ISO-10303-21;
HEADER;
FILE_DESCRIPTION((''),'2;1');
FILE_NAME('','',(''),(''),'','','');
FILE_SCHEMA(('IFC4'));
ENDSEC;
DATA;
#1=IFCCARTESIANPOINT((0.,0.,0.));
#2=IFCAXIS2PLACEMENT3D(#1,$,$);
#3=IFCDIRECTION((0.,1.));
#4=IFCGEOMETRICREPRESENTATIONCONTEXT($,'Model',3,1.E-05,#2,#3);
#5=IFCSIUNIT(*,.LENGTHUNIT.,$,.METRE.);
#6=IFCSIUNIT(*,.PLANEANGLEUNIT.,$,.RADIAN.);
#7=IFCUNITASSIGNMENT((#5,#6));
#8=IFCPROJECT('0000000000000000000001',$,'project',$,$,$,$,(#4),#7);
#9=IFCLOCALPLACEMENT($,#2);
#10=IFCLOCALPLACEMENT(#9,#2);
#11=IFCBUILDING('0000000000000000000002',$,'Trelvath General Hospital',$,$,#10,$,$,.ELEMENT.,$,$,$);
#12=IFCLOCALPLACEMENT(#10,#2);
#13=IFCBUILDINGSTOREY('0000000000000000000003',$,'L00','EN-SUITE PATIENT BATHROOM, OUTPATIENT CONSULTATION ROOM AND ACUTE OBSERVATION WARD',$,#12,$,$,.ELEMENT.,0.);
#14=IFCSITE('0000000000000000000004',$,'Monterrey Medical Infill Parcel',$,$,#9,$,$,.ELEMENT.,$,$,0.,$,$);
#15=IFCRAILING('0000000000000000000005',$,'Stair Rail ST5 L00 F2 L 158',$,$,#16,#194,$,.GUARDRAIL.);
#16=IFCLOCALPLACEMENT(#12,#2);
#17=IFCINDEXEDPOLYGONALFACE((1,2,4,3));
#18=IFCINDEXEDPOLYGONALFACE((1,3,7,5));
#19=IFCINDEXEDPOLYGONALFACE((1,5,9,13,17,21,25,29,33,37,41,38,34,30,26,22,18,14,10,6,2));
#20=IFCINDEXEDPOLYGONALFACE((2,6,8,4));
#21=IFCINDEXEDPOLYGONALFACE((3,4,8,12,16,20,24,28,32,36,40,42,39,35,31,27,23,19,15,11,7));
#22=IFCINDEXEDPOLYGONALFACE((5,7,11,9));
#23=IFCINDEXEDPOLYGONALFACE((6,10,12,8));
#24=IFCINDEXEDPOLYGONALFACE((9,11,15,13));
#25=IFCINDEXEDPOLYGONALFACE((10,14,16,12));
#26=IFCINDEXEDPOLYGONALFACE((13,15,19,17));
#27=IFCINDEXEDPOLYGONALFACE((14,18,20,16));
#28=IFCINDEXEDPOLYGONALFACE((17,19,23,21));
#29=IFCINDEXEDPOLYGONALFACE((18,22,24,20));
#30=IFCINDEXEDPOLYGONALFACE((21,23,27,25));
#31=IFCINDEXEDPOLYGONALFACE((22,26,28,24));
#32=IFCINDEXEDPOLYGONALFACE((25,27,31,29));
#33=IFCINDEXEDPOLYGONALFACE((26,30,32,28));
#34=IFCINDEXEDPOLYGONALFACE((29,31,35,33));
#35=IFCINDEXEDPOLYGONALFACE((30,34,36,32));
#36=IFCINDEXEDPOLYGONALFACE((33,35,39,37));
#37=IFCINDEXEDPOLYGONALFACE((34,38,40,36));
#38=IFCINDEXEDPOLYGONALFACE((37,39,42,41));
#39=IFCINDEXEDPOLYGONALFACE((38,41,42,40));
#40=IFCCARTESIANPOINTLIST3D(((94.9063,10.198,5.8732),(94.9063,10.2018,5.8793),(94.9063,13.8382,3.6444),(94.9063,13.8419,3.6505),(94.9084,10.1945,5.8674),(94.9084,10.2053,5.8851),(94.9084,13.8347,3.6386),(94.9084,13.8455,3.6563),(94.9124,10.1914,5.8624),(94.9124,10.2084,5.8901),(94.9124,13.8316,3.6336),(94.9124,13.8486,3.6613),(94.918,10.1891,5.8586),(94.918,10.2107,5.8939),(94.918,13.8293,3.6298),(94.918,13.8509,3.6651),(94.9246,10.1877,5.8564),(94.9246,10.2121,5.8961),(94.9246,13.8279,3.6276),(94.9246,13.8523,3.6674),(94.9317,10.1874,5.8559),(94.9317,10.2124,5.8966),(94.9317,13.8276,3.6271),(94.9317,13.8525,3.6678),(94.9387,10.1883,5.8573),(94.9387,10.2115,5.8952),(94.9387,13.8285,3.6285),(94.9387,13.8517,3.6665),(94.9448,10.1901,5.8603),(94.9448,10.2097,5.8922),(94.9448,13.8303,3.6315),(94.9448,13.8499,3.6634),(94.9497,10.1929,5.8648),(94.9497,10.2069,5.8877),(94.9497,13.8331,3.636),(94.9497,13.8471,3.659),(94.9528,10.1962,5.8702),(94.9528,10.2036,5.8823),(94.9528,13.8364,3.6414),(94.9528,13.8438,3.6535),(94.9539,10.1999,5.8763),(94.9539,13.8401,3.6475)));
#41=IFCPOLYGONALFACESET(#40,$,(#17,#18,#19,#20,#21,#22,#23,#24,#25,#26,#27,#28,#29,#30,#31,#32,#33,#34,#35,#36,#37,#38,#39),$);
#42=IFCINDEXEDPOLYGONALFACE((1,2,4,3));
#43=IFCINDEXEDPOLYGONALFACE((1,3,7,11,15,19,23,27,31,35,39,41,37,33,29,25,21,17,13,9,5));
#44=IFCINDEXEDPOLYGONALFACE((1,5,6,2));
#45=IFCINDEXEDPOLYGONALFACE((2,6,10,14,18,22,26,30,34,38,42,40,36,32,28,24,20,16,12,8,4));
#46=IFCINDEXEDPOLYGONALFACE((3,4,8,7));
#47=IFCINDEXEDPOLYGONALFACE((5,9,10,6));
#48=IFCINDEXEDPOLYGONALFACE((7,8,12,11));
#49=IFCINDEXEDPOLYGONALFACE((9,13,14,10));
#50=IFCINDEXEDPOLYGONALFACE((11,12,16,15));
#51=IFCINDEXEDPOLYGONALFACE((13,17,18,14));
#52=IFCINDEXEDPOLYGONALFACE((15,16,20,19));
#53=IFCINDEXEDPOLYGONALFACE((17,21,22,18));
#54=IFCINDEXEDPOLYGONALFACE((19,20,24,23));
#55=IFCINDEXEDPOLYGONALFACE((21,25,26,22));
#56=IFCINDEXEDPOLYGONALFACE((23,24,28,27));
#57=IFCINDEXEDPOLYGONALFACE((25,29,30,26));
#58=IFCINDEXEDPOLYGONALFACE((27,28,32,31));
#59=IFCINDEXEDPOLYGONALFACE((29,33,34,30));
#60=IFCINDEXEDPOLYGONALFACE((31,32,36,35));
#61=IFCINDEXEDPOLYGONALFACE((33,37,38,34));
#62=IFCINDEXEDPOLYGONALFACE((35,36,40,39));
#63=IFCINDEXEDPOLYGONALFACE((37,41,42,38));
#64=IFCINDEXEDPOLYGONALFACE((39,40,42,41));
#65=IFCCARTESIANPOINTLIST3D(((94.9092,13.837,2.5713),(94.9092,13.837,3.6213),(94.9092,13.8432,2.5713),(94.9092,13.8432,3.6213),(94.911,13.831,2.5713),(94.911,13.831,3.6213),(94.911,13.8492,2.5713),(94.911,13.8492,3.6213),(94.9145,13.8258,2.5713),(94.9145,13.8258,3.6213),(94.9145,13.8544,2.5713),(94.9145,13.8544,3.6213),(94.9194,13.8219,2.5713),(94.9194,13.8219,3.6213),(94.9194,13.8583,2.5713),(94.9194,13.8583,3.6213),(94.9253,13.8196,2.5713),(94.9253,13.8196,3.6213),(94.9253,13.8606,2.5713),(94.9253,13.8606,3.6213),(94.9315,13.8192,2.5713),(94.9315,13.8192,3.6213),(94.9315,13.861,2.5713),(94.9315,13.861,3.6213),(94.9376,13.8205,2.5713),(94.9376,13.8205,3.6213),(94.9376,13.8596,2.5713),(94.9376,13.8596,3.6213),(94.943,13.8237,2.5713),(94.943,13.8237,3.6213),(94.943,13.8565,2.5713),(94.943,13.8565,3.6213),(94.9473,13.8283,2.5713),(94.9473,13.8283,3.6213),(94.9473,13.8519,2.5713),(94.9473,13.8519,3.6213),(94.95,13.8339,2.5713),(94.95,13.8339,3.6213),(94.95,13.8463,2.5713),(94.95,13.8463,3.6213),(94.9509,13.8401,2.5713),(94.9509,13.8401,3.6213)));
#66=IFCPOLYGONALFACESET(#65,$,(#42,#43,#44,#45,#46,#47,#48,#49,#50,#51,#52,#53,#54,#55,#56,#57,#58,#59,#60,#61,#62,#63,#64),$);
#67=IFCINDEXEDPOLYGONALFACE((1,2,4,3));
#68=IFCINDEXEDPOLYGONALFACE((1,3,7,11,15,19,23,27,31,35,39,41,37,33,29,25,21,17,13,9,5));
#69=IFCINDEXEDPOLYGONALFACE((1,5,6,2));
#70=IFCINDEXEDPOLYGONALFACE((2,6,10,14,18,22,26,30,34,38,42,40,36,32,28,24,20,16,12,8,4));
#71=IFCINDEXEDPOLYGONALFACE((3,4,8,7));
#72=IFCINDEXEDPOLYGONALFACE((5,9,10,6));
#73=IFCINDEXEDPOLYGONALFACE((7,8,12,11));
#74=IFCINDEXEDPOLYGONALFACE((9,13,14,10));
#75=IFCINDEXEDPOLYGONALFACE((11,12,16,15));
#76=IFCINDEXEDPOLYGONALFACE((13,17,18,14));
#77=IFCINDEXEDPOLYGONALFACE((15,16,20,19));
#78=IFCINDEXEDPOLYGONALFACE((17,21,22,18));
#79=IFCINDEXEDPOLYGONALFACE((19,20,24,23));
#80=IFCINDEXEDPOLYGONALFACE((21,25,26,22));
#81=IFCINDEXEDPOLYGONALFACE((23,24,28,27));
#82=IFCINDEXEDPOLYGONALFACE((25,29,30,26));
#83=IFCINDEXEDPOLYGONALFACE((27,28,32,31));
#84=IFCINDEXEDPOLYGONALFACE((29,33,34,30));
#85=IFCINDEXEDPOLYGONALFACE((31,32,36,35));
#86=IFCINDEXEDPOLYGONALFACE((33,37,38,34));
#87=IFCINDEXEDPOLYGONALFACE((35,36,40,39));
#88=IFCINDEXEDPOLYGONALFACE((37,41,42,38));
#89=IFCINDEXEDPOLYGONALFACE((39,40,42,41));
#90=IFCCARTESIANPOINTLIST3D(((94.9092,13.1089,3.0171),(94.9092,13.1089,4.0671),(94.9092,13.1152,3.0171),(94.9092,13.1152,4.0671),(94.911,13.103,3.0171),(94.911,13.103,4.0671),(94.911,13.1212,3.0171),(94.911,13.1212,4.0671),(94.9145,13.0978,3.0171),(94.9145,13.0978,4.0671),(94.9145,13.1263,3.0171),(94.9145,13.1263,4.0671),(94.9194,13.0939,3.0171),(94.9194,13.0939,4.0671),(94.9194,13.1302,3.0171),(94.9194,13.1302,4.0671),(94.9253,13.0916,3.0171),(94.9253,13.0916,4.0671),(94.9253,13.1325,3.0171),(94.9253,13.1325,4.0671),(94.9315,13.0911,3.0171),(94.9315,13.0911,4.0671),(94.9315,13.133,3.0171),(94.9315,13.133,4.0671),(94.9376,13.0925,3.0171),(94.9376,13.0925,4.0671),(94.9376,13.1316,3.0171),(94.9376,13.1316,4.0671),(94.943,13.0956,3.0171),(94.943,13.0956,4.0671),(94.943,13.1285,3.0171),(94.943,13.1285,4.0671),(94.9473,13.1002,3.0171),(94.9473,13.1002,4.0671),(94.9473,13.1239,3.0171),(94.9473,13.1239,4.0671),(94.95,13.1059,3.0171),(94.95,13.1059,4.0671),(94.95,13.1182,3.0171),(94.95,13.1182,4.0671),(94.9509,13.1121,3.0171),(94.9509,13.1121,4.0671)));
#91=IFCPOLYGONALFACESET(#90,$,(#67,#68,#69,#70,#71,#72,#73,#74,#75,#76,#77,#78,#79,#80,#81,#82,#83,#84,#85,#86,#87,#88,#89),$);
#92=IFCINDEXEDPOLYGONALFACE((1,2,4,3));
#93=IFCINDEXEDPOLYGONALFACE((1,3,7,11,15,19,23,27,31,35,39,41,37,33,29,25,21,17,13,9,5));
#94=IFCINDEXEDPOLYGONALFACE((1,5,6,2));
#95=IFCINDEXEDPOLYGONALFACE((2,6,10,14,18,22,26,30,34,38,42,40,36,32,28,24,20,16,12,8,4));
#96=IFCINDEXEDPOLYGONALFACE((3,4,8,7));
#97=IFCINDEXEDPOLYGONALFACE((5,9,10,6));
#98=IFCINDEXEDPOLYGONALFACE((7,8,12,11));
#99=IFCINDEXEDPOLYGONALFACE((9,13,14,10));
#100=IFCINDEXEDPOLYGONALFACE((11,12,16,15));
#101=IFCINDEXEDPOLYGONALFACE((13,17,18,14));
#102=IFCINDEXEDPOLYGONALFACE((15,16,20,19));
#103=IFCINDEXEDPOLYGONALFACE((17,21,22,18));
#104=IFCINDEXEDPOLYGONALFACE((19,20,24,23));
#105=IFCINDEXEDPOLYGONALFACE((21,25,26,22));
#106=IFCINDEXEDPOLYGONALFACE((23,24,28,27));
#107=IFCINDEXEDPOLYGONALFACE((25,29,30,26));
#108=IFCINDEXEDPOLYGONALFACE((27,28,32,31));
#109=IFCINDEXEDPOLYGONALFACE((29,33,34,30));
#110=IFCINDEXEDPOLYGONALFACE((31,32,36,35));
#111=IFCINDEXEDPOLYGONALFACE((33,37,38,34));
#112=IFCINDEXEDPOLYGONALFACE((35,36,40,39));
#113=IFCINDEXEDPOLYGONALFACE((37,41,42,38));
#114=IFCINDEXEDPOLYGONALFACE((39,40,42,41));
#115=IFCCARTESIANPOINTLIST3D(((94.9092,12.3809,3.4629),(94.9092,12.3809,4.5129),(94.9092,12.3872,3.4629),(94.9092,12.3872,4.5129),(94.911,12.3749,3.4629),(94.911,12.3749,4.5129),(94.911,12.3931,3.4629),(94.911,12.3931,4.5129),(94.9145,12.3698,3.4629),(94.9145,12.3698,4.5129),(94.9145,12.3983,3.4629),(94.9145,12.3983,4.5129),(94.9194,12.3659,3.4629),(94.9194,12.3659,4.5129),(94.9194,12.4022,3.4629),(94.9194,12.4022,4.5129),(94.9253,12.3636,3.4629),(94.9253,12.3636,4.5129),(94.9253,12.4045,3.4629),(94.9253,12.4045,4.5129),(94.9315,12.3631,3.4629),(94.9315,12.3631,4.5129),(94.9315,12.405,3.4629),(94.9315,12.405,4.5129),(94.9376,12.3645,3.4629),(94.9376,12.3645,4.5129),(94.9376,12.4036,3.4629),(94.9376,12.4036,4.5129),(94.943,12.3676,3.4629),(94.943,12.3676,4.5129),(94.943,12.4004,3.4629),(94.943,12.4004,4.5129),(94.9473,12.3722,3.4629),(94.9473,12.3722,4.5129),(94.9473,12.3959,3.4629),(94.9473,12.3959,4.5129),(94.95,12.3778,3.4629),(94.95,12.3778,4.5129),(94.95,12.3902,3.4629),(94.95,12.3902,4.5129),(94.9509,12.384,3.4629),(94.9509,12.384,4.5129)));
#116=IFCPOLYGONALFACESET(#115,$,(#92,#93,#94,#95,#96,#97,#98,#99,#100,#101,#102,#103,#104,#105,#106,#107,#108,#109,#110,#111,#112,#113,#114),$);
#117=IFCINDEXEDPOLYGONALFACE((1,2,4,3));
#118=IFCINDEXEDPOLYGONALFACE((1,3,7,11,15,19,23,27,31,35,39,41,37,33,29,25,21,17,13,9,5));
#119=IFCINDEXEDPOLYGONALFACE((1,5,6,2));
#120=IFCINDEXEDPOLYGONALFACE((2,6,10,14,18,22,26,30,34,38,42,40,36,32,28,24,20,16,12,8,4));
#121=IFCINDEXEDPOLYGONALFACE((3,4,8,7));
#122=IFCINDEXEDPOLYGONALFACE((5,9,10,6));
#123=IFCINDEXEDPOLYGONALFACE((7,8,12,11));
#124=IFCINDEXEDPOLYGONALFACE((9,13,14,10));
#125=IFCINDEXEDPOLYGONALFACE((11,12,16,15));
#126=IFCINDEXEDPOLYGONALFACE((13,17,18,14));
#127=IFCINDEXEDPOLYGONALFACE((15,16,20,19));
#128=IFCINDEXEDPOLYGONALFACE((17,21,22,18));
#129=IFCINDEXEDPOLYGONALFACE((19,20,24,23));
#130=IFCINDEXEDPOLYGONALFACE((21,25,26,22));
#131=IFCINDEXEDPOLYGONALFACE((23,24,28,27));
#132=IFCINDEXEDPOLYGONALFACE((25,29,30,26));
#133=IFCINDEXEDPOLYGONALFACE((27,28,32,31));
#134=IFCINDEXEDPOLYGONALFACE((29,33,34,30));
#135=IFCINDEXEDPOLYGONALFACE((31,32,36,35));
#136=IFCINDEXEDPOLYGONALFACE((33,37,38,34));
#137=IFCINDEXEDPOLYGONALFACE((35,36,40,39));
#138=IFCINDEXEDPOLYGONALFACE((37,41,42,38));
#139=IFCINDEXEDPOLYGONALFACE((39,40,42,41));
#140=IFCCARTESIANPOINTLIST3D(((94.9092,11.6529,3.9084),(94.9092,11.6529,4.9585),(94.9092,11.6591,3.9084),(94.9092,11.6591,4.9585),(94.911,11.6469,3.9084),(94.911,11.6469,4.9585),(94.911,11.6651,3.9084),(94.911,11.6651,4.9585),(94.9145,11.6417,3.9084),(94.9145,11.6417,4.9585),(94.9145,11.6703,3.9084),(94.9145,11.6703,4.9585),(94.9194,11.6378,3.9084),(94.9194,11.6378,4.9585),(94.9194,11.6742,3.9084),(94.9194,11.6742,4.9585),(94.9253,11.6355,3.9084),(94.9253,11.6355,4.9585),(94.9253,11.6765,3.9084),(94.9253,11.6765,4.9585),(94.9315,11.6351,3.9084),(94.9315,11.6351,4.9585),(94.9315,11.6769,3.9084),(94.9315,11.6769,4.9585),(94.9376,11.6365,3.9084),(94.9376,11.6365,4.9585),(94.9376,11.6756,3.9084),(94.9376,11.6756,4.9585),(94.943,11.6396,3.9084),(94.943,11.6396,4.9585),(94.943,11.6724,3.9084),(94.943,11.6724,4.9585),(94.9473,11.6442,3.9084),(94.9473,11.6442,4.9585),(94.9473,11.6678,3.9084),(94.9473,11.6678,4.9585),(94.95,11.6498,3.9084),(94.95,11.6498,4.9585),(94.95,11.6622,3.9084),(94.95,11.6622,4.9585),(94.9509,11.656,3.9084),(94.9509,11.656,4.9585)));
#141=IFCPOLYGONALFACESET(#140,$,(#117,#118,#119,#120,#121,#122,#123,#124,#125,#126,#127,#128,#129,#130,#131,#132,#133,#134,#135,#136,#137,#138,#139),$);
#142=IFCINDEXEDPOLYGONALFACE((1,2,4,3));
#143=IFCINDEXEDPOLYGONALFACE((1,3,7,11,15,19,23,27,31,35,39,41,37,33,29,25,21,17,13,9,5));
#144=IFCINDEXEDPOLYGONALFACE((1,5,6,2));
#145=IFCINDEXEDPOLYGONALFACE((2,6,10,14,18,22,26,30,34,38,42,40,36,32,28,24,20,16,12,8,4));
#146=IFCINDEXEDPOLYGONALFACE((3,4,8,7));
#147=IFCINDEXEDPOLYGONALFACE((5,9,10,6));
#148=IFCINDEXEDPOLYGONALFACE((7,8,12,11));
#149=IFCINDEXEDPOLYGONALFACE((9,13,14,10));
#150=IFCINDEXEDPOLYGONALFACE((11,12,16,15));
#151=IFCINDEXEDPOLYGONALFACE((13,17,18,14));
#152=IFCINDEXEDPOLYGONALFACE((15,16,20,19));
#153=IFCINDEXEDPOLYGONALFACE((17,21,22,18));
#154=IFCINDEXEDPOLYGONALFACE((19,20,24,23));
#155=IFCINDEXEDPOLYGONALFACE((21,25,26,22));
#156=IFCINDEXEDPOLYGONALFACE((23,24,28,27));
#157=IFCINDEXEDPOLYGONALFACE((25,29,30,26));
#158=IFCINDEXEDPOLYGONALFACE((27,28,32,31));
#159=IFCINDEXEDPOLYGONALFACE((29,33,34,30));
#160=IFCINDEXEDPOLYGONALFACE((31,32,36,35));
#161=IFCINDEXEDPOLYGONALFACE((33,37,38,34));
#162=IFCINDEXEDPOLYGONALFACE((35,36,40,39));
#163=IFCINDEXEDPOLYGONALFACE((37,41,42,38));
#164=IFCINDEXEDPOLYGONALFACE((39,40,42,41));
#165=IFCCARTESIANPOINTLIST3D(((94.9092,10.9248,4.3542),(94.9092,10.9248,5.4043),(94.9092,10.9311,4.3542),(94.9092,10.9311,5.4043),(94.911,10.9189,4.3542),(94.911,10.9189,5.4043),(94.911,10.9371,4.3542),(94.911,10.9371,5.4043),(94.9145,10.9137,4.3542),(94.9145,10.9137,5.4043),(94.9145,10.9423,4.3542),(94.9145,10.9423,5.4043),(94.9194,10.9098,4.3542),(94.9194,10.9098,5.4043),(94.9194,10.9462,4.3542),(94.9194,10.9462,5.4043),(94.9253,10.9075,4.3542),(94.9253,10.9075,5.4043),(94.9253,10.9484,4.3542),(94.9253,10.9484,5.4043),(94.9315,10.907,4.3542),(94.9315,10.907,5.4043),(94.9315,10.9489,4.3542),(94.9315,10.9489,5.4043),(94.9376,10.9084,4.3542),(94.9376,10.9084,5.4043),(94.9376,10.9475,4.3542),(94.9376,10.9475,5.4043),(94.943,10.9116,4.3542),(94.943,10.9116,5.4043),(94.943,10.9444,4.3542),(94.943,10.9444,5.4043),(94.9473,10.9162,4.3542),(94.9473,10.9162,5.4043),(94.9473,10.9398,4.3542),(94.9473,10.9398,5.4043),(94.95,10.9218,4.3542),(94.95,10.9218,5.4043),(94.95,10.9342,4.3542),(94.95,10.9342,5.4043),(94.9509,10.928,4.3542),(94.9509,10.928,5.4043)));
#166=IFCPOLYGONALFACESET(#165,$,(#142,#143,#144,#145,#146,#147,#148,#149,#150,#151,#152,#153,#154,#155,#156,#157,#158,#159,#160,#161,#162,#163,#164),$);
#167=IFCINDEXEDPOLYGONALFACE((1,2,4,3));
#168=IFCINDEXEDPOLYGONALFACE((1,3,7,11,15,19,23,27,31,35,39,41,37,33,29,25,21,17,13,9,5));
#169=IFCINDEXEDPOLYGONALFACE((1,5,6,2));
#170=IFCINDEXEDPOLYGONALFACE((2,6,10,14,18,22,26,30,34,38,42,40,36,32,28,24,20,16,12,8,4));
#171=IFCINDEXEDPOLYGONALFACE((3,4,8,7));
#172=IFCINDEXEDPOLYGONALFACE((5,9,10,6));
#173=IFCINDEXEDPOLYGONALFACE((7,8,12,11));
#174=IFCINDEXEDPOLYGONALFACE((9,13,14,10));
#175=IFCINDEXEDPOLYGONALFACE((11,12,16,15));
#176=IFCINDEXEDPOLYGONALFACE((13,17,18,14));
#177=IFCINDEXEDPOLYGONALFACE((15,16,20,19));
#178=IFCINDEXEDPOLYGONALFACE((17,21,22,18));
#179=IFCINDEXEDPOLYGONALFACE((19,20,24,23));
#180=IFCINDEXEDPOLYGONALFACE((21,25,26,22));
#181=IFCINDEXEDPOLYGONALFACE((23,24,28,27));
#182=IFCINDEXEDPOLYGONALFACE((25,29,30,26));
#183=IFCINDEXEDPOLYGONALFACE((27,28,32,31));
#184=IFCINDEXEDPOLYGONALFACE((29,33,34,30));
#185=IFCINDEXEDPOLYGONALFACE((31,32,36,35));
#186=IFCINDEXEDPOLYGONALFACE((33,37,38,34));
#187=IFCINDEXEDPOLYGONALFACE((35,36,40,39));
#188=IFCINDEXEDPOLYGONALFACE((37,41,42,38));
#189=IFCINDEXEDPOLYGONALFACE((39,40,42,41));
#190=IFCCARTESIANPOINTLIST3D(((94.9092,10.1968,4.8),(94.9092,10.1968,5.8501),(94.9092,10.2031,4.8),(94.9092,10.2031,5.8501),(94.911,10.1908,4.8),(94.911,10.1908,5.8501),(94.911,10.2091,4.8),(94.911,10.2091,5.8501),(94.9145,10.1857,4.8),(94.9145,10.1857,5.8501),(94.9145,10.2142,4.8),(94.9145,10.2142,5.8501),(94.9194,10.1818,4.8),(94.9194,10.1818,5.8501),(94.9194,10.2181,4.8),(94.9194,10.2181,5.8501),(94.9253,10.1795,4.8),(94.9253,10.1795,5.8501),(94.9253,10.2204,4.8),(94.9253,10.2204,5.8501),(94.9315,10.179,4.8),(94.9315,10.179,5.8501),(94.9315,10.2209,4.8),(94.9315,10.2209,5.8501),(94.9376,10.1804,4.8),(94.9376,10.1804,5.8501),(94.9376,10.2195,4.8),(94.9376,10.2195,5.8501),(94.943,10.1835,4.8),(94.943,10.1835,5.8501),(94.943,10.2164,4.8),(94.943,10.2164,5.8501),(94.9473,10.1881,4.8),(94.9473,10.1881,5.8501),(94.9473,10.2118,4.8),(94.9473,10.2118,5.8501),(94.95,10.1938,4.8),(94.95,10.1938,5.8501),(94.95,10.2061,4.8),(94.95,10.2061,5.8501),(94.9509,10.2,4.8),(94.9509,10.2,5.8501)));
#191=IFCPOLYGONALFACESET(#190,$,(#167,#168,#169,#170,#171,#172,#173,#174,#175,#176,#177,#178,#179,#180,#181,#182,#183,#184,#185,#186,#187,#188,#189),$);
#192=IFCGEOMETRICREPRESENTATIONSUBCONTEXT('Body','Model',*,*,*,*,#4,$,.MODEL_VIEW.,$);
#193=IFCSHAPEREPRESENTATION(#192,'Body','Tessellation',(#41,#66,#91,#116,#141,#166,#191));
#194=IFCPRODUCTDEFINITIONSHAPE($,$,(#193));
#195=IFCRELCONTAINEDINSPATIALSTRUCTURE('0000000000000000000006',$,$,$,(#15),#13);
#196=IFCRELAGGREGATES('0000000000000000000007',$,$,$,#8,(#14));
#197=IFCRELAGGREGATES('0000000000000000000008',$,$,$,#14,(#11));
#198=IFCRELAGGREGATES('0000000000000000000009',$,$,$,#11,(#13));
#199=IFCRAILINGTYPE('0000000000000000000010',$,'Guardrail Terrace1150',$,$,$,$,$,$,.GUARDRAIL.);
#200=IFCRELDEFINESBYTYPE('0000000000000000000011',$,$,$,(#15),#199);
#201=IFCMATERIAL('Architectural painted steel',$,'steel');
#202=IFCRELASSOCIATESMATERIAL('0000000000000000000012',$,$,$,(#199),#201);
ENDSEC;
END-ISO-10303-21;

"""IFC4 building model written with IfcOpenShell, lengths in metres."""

from ifc_helpers import new_model, si_unit, direction, frame, origin, origin_2d, place, context, subcontext, project, spatial, circle, extrude, material, type_object, element, save


model = new_model("IFC4")

# Units and contexts
model_context = context("Model", 3, precision=1e-05, world=origin(), true_north=direction((0.0, 1.0)))
body_context = subcontext(model_context, "Body", "Model", "MODEL_VIEW")
ifc_project = project(units=[si_unit("LENGTHUNIT", "METRE"), si_unit("PLANEANGLEUNIT", "RADIAN")], contexts=[model_context])

# Site, building, storey
site_placement = place(None, origin())
site = spatial("IfcSite", under=ifc_project, at=site_placement, Name="Monterrey Medical Infill Parcel", CompositionType="ELEMENT", RefElevation=0.0)
building_placement = place(site_placement, origin())
building = spatial("IfcBuilding", under=site, at=building_placement, Name="Trelvath General Hospital", CompositionType="ELEMENT")
storey_placement = place(building_placement, origin())
storey = spatial("IfcBuildingStorey", under=building, at=storey_placement, Name="L00", Description="EN-SUITE PATIENT BATHROOM, OUTPATIENT CONSULTATION ROOM AND ACUTE OBSERVATION WARD", CompositionType="ELEMENT", Elevation=0.0)

# Railing
ifc_material_1 = material(Name="Architectural painted steel", Category="steel")
railing_type_1 = type_object("IfcRailingType", Name="Guardrail Terrace1150", PredefinedType="GUARDRAIL", material=ifc_material_1)
railing_1_placement = place(storey_placement, frame((94.9299, 13.8401, 2.5713)))
element("IfcRailing", 1, at=railing_1_placement, inside=storey, type_object=railing_type_1, Name="Stair Rail ST5 L00 F2 L 158", PredefinedType="GUARDRAIL", context=body_context, shape_type="SweptSolid", body=[
    extrude(circle(Radius=0.0239, at=origin_2d()), frame((0.0, 0.0, 1.0762), z_axis=(0.0, -0.85284, 0.522172), x_axis=(1.0, 0.0, 0.0)), (0.0, 0.0, 1.0), 4.2683),
    extrude(circle(Radius=0.021, at=origin_2d()), origin(), (0.0, 0.0, 1.0), 1.05),
    extrude(circle(Radius=0.021, at=origin_2d()), frame((0.0, -0.728, 0.4458)), (0.0, 0.0, 1.0), 1.05),
    extrude(circle(Radius=0.021, at=origin_2d()), frame((0.0, -1.4561, 0.8916)), (0.0, 0.0, 1.0), 1.05),
    extrude(circle(Radius=0.021, at=origin_2d()), frame((0.0, -2.1841, 1.3372)), (0.0, 0.0, 1.0), 1.05),
    extrude(circle(Radius=0.021, at=origin_2d()), frame((0.0, -2.9121, 1.783)), (0.0, 0.0, 1.0), 1.05),
    extrude(circle(Radius=0.021, at=origin_2d()), frame((0.0, -3.6401, 2.2288)), (0.0, 0.0, 1.0), 1.05),
])

save(model, "model.ifc")
